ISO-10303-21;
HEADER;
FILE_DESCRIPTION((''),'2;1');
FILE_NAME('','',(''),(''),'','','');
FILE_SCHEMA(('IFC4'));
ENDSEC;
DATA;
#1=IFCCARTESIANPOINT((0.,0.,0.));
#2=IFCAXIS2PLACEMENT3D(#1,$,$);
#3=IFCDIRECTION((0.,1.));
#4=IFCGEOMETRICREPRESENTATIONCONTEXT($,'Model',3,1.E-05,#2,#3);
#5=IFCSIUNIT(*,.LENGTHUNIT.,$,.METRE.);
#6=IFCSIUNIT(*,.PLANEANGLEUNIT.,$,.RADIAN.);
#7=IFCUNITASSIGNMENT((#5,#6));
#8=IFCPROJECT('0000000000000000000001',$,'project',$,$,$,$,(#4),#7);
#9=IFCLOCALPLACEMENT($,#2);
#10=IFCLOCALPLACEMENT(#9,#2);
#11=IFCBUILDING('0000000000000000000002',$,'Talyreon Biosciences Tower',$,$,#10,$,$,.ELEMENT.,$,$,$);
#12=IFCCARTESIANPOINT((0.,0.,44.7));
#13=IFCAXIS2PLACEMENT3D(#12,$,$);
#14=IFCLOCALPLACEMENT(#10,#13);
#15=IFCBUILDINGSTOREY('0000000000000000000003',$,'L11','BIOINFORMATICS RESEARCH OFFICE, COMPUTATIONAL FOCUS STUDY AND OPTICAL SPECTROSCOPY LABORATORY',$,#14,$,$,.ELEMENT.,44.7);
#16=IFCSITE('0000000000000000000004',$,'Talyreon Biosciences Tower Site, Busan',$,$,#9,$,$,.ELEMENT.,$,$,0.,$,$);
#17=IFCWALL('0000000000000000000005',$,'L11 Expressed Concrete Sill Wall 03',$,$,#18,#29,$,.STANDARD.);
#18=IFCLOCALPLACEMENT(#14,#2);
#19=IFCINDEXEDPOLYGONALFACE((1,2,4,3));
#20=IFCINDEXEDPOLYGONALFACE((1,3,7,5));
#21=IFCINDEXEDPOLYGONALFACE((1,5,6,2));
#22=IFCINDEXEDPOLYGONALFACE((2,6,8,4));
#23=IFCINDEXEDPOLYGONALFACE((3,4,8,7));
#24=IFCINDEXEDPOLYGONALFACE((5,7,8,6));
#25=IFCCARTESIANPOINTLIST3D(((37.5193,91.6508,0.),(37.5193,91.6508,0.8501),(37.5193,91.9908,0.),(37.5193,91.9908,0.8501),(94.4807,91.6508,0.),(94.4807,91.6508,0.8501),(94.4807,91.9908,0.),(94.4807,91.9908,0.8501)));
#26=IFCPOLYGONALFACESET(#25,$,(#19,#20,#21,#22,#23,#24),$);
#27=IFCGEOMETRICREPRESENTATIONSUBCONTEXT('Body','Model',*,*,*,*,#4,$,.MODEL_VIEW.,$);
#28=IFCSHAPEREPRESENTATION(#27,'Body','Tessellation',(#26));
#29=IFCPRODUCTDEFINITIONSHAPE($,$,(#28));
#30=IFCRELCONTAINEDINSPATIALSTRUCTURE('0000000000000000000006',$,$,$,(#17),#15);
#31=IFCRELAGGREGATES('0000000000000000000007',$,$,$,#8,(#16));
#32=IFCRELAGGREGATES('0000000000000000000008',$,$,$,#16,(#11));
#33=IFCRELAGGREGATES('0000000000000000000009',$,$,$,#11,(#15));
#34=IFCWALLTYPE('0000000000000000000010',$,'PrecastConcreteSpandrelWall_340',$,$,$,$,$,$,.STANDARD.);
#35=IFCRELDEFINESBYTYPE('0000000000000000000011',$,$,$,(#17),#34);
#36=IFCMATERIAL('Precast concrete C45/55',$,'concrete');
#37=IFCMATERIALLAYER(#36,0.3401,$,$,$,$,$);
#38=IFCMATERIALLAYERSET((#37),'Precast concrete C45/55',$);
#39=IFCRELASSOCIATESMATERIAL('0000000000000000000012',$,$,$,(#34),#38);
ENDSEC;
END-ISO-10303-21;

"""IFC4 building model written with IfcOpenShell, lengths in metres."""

from ifc_helpers import new_model, si_unit, direction, frame, frame_2d, origin, place, context, subcontext, project, spatial, rectangle, extrude, material, layer, layer_set, type_object, element, save


model = new_model("IFC4")

# Units and contexts
model_context = context("Model", 3, precision=1e-05, world=origin(), true_north=direction((0.0, 1.0)))
body_context = subcontext(model_context, "Body", "Model", "MODEL_VIEW")
ifc_project = project(units=[si_unit("LENGTHUNIT", "METRE"), si_unit("PLANEANGLEUNIT", "RADIAN")], contexts=[model_context])

# Site, building, storey
site_placement = place(None, origin())
site = spatial("IfcSite", under=ifc_project, at=site_placement, Name="Talyreon Biosciences Tower Site, Busan", CompositionType="ELEMENT", RefElevation=0.0)
building_placement = place(site_placement, origin())
building = spatial("IfcBuilding", under=site, at=building_placement, Name="Talyreon Biosciences Tower", CompositionType="ELEMENT")
storey_placement = place(building_placement, frame((0.0, 0.0, 44.7)))
storey = spatial("IfcBuildingStorey", under=building, at=storey_placement, Name="L11", Description="BIOINFORMATICS RESEARCH OFFICE, COMPUTATIONAL FOCUS STUDY AND OPTICAL SPECTROSCOPY LABORATORY", CompositionType="ELEMENT", Elevation=44.7)

# Shared definitions
ifc_material_1 = material(Name="Precast concrete C45/55", Category="concrete")

# Wall
ifc_layer_1 = layer(ifc_material_1, 0.3401)
ifc_layer_set_1 = layer_set([ifc_layer_1], Name="Precast concrete C45/55")
wall_type_1 = type_object("IfcWallType", Name="PrecastConcreteSpandrelWall_340", PredefinedType="STANDARD", material=ifc_layer_set_1)
wall_1_placement = place(storey_placement, frame((37.5193, 91.8208, 0.0), z_axis=(0.0, 0.0, 1.0), x_axis=(1.0, 0.0, 0.0)))
element("IfcWall", 1, at=wall_1_placement, inside=storey, type_object=wall_type_1, Name="L11 Expressed Concrete Sill Wall 03", PredefinedType="STANDARD", context=body_context, shape_type="SweptSolid", body=[
    extrude(rectangle(XDim=56.9614, YDim=0.3401, at=frame_2d((28.4807, 0.0))), origin(), (0.0, 0.0, 1.0), 0.8501),
])

save(model, "model.ifc")
